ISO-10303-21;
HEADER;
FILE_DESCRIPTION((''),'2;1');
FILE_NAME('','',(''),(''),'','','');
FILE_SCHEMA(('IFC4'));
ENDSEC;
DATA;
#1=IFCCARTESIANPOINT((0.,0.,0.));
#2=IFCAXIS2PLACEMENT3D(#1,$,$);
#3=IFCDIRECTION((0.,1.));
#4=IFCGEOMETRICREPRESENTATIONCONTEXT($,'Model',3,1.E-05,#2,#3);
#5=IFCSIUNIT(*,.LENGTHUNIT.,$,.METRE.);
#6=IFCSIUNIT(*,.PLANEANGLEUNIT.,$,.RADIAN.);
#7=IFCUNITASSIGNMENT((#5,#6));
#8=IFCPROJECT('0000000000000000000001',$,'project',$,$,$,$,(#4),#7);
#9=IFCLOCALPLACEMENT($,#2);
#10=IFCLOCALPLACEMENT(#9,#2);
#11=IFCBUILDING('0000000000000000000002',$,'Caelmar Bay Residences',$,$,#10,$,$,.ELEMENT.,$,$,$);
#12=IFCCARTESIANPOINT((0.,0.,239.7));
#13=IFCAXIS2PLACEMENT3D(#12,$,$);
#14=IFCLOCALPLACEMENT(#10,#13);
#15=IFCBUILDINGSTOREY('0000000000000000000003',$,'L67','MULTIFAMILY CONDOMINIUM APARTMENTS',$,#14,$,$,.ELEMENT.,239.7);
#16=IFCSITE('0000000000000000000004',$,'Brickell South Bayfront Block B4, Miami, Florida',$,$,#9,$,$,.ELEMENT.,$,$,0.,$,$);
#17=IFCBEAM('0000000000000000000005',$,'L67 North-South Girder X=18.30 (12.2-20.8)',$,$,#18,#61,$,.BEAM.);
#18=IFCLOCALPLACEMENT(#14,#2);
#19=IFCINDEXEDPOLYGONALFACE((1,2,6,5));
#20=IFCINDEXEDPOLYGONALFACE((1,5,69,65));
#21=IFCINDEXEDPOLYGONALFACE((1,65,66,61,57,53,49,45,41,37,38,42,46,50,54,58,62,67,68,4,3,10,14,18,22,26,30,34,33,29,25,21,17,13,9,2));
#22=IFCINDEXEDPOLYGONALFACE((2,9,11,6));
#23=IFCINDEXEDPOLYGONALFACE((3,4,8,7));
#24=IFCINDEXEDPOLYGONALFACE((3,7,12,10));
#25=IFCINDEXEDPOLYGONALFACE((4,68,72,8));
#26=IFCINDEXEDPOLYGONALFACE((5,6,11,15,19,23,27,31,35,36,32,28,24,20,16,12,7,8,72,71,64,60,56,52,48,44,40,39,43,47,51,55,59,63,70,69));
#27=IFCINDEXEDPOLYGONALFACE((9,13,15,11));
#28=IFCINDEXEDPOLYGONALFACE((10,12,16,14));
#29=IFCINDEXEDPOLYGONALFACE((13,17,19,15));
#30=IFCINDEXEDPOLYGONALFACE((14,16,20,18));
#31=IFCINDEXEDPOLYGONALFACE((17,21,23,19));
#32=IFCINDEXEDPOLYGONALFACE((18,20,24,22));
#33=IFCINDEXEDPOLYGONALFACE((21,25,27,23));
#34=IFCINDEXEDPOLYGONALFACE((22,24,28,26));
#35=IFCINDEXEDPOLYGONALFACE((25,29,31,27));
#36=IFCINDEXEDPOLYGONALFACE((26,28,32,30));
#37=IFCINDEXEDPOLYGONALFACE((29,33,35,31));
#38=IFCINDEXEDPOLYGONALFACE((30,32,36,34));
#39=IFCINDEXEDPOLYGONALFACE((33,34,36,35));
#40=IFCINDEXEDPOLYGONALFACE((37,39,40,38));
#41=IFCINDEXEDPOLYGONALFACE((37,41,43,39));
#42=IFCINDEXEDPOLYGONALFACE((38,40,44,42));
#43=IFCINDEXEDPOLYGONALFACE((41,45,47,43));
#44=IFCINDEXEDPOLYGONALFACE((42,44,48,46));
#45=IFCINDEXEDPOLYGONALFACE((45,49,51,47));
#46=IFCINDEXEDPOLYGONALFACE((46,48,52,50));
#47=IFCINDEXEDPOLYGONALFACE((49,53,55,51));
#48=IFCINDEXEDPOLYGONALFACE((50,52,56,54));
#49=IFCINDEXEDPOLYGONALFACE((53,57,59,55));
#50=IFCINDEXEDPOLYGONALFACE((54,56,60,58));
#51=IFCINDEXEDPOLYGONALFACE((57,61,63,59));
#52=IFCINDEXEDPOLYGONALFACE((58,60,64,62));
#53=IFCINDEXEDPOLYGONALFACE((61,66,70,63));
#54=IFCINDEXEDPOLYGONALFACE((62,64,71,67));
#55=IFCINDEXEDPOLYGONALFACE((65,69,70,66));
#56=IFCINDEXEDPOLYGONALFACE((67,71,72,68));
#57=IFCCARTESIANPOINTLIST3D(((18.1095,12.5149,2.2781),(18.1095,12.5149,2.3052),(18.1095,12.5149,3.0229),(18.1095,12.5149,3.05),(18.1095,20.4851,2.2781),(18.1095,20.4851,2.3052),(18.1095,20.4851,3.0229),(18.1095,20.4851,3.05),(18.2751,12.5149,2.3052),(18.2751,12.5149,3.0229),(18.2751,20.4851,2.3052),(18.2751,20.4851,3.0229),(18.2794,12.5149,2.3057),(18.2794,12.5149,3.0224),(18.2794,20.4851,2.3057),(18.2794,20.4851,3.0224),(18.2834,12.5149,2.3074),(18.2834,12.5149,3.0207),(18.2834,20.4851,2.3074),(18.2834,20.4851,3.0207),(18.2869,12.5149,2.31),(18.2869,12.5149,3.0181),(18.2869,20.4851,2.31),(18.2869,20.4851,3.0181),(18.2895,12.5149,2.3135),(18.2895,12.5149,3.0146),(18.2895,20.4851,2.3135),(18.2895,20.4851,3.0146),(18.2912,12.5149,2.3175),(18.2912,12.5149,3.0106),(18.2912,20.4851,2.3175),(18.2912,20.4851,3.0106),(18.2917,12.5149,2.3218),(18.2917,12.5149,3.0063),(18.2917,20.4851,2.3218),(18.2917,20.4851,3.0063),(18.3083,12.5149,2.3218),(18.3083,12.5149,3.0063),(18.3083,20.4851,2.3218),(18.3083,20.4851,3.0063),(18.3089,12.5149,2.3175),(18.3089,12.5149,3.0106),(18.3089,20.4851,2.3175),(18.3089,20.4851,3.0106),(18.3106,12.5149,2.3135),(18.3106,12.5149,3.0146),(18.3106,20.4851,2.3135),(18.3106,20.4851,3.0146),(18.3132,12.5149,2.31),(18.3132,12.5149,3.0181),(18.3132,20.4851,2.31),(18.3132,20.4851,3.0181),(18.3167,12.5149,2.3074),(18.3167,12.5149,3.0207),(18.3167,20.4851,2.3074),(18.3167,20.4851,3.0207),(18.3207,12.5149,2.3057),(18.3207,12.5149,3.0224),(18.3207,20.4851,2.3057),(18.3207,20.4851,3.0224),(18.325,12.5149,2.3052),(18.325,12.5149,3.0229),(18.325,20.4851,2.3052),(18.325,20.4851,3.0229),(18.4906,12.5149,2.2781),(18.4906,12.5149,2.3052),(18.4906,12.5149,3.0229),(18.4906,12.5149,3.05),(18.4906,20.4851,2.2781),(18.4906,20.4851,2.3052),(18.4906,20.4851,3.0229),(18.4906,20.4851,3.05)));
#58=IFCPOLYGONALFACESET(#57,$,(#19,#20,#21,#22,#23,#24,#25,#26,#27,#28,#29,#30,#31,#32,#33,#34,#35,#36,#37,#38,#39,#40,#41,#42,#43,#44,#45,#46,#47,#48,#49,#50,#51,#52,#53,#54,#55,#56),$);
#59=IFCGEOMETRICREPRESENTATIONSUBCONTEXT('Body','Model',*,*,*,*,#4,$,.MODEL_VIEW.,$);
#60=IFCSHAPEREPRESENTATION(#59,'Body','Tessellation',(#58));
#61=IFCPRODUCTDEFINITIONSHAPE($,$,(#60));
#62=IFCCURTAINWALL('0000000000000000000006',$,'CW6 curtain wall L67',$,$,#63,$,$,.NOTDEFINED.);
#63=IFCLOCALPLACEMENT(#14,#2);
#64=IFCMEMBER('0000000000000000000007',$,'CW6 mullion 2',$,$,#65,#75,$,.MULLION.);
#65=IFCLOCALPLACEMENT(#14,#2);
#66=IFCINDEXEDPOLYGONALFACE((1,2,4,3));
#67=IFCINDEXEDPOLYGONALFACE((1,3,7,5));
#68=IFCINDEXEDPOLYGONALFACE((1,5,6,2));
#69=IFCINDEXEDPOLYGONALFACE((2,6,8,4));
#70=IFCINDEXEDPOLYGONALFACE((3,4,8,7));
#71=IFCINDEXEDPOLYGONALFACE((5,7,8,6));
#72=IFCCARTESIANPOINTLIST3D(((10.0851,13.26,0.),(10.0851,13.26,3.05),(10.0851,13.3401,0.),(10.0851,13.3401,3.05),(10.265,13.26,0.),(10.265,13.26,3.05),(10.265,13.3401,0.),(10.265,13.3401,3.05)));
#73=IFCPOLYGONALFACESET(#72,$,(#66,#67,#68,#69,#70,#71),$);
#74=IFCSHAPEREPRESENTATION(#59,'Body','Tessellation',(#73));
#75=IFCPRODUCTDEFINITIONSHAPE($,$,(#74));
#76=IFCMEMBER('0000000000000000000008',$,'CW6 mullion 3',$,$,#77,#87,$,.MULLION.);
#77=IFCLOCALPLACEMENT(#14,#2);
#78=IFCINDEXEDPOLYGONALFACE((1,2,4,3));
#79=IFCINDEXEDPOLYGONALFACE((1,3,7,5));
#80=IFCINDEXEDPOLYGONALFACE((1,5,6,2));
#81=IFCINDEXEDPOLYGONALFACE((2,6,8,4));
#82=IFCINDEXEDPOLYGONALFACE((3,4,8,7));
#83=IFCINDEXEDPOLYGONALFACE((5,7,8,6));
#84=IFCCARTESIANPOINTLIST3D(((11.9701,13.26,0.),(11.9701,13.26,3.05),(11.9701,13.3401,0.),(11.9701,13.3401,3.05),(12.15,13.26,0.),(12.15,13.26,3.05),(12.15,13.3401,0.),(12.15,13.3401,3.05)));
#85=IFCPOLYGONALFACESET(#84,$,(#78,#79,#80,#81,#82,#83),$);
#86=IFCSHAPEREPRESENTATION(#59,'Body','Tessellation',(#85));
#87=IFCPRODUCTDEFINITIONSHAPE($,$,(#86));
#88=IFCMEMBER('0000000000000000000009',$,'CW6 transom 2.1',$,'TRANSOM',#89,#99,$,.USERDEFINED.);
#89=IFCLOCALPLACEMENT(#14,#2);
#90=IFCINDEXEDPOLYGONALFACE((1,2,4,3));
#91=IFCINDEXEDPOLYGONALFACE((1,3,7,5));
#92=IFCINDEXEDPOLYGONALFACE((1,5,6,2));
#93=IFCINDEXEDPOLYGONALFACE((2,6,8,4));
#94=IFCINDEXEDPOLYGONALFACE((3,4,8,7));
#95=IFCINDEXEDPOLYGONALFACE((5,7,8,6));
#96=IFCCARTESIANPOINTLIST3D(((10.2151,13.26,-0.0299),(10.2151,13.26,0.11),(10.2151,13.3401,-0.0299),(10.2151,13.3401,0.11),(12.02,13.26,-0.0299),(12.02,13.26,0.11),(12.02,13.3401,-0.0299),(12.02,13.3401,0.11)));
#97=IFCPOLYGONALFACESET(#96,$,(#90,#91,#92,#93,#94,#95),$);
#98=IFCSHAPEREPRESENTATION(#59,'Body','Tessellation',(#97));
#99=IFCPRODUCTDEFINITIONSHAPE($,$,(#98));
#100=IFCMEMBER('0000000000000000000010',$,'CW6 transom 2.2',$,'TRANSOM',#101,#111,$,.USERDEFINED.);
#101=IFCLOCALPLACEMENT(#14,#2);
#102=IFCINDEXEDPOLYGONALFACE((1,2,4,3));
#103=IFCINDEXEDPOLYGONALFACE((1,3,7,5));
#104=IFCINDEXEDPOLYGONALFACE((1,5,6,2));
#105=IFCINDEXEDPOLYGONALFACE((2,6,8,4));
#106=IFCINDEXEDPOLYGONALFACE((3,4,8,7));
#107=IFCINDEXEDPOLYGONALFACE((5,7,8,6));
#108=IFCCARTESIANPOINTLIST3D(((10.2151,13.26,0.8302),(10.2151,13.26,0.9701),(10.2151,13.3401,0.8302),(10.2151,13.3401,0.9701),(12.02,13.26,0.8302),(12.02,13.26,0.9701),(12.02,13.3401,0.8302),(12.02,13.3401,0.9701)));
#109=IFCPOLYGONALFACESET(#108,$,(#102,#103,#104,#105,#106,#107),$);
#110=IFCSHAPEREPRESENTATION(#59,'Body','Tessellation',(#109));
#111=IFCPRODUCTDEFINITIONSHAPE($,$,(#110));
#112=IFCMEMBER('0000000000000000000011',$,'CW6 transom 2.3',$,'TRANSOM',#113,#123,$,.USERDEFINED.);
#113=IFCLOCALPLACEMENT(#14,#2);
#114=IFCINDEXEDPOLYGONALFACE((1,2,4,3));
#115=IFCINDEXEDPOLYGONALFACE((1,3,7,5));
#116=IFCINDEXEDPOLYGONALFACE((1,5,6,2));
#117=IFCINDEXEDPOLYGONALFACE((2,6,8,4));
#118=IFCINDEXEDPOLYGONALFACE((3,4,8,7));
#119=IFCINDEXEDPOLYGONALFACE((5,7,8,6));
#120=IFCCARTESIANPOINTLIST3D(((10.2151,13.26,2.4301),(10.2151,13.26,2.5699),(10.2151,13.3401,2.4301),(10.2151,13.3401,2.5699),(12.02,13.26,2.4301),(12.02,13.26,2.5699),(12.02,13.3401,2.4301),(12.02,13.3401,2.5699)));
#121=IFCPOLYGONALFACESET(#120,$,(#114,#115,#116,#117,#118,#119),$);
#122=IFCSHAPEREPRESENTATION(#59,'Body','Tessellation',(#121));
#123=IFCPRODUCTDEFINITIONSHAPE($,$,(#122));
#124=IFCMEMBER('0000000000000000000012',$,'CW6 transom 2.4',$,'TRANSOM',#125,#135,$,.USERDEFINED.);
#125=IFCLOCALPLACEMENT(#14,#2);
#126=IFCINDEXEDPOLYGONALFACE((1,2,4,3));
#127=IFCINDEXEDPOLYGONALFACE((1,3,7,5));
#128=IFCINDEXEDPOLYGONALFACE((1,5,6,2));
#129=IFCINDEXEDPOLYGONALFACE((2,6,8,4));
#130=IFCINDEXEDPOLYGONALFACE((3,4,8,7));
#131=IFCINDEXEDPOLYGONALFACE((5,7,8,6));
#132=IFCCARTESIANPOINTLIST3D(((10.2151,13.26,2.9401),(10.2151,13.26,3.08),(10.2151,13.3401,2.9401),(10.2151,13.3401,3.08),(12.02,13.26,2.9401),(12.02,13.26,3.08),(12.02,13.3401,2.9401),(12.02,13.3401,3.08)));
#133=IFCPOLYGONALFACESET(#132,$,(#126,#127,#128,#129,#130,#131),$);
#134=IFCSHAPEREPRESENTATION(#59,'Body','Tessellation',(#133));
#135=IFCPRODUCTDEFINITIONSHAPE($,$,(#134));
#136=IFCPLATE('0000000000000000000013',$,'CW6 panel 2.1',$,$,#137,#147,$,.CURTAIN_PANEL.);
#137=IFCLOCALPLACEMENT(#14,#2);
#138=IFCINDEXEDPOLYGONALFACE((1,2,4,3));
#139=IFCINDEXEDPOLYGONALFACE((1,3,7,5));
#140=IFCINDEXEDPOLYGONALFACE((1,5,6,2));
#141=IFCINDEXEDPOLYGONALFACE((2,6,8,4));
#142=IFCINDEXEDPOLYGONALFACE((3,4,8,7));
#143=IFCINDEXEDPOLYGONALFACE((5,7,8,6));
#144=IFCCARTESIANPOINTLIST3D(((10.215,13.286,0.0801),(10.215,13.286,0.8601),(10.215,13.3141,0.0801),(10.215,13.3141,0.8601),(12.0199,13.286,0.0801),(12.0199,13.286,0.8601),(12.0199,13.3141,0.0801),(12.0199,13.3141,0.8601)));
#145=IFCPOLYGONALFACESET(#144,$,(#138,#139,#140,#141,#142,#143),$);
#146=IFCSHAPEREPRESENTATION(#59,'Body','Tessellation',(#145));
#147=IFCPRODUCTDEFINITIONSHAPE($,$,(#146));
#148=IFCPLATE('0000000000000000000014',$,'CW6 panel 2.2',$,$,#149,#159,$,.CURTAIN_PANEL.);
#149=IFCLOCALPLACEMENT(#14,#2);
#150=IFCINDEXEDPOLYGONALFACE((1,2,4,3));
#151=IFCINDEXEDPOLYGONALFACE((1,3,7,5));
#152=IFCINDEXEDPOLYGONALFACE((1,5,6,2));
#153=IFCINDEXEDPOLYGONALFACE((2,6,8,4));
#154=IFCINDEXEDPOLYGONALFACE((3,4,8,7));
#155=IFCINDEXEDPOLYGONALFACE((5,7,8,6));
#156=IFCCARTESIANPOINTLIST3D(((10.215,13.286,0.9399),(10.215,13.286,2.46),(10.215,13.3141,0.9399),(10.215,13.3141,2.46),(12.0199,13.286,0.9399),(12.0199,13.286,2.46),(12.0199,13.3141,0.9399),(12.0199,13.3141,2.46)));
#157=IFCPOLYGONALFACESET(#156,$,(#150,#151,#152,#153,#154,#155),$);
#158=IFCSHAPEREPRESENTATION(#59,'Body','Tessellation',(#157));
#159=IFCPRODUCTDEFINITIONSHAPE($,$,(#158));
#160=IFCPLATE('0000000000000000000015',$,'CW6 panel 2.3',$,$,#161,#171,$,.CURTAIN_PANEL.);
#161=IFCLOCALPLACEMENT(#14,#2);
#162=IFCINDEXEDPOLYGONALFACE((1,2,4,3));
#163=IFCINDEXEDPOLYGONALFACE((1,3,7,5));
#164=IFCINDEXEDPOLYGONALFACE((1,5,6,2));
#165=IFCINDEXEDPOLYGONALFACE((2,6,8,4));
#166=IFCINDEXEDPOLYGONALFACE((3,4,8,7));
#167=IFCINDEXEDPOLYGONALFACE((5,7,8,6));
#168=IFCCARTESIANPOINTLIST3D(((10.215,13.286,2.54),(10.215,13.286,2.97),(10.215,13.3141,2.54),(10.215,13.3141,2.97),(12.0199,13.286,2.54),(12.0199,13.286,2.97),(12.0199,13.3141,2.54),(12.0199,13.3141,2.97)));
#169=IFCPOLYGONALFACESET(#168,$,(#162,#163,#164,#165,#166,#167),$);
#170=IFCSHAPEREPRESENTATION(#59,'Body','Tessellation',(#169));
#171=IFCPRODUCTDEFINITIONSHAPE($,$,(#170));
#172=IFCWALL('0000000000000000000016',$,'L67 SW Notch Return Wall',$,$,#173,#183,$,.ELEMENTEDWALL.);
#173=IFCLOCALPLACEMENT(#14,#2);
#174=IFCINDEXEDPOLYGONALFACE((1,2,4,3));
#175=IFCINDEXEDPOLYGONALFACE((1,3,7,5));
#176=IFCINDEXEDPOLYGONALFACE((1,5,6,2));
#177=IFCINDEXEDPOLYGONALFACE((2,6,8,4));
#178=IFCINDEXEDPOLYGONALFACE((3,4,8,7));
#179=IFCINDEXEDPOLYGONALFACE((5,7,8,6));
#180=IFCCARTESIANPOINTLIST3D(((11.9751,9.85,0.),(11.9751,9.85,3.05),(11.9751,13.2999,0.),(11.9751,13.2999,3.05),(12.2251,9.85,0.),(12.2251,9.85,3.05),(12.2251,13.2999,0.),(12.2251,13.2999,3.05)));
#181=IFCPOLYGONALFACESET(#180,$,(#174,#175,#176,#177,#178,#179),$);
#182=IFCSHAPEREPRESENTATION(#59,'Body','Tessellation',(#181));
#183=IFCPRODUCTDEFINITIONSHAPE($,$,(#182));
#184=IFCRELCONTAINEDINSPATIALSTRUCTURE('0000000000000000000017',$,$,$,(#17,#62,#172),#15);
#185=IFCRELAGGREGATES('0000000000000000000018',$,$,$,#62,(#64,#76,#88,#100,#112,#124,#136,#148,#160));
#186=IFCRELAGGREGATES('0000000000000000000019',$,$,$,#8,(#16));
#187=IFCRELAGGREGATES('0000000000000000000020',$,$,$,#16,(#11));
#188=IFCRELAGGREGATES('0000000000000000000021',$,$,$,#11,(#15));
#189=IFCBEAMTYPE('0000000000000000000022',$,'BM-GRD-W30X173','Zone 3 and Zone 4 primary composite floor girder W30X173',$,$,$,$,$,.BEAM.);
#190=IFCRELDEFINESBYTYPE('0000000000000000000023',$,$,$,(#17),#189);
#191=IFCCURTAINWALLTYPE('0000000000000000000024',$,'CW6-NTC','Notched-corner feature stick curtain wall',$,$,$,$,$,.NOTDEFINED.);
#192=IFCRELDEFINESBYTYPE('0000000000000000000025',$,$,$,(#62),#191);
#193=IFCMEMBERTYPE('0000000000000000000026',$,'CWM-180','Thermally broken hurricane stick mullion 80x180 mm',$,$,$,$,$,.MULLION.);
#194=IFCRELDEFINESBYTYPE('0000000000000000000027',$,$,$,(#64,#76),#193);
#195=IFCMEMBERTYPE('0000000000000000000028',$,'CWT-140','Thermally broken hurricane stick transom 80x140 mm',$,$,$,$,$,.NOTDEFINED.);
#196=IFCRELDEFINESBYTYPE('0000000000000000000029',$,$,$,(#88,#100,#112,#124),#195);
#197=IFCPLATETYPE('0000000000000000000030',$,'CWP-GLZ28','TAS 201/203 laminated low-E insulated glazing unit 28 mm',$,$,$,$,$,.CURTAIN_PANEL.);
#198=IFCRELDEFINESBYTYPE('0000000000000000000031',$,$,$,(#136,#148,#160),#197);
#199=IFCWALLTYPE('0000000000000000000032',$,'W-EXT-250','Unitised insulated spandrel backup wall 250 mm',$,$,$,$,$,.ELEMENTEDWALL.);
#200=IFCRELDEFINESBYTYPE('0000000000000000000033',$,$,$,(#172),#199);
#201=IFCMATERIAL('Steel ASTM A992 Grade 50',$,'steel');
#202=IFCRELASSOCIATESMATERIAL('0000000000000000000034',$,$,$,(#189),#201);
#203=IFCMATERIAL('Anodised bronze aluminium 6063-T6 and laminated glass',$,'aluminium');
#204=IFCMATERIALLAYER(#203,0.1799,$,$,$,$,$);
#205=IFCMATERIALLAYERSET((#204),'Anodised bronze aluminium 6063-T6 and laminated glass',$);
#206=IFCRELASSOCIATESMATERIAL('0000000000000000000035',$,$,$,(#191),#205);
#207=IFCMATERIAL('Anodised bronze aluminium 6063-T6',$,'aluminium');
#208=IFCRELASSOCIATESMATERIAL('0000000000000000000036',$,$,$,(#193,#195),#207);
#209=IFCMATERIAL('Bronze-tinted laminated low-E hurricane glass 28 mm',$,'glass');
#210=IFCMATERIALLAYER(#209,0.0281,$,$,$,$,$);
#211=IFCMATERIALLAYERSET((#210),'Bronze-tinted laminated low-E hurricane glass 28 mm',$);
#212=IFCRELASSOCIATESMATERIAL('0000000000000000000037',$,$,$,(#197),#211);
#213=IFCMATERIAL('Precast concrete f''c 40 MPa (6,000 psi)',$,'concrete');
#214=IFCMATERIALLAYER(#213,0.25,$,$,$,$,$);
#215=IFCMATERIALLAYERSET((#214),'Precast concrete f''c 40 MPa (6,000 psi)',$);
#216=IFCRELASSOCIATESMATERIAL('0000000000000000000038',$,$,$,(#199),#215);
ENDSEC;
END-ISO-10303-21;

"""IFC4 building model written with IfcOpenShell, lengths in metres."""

from ifc_helpers import new_model, si_unit, direction, frame, frame_2d, origin, origin_2d, place, context, subcontext, project, spatial, rectangle, i_section, extrude, material, layer, layer_set, material_profile, profile_set, type_object, element, aggregate, save


model = new_model("IFC4")

# Units and contexts
model_context = context("Model", 3, precision=1e-05, world=origin(), true_north=direction((0.0, 1.0)))
body_context = subcontext(model_context, "Body", "Model", "MODEL_VIEW")
ifc_project = project(units=[si_unit("LENGTHUNIT", "METRE"), si_unit("PLANEANGLEUNIT", "RADIAN")], contexts=[model_context])

# Site, building, storey
site_placement = place(None, origin())
site = spatial("IfcSite", under=ifc_project, at=site_placement, Name="Brickell South Bayfront Block B4, Miami, Florida", CompositionType="ELEMENT", RefElevation=0.0)
building_placement = place(site_placement, origin())
building = spatial("IfcBuilding", under=site, at=building_placement, Name="Caelmar Bay Residences", CompositionType="ELEMENT")
storey_placement = place(building_placement, frame((0.0, 0.0, 239.7)))
storey = spatial("IfcBuildingStorey", under=building, at=storey_placement, Name="L67", Description="MULTIFAMILY CONDOMINIUM APARTMENTS", CompositionType="ELEMENT", Elevation=239.7)

# Beam
ifc_material_1 = material(Name="Steel ASTM A992 Grade 50", Category="steel")
ifc_material_profile_1 = material_profile(ifc_material_1, i_section(OverallWidth=0.3811, OverallDepth=0.772, WebThickness=0.0166, FlangeThickness=0.0271, FilletRadius=0.0166, at=origin_2d()), Name="W30X173")
ifc_profile_set_1 = profile_set([ifc_material_profile_1], Name="Steel ASTM A992 Grade 50")
beam_type_1 = type_object("IfcBeamType", Name="BM-GRD-W30X173", Description="Zone 3 and Zone 4 primary composite floor girder W30X173", PredefinedType="BEAM", material=ifc_profile_set_1)
beam_1_placement = place(storey_placement, frame((18.3, 12.5149, 2.6641), z_axis=(0.0, 1.0, 0.0), x_axis=(-1.0, 0.0, 0.0)))
element("IfcBeam", 1, at=beam_1_placement, inside=storey, type_object=beam_type_1, Name="L67 North-South Girder X=18.30 (12.2-20.8)", PredefinedType="BEAM", context=body_context, shape_type="SweptSolid", body=[
    extrude(i_section(OverallWidth=0.3811, OverallDepth=0.772, WebThickness=0.0166, FlangeThickness=0.0271, FilletRadius=0.0166, at=origin_2d()), origin(), (0.0, 0.0, 1.0), 7.9702),
])

# Curtain wall, members, plates
ifc_material_2 = material(Name="Anodised bronze aluminium 6063-T6 and laminated glass", Category="aluminium")
ifc_layer_1 = layer(ifc_material_2, 0.1799)
ifc_layer_set_1 = layer_set([ifc_layer_1], Name="Anodised bronze aluminium 6063-T6 and laminated glass")
curtain_wall_type = type_object("IfcCurtainWallType", Name="CW6-NTC", Description="Notched-corner feature stick curtain wall", PredefinedType="NOTDEFINED", material=ifc_layer_set_1)
curtain_wall_placement = place(storey_placement, origin())
curtain_wall = element("IfcCurtainWall", 2, at=curtain_wall_placement, inside=storey, type_object=curtain_wall_type, Name="CW6 curtain wall L67", PredefinedType="NOTDEFINED")
ifc_material_3 = material(Name="Anodised bronze aluminium 6063-T6", Category="aluminium")
ifc_material_profile_2 = material_profile(ifc_material_3, rectangle(XDim=0.0801, YDim=0.1799, at=origin_2d()), Name="CWM-80X180")
ifc_profile_set_2 = profile_set([ifc_material_profile_2], Name="Anodised bronze aluminium 6063-T6")
member_type_1 = type_object("IfcMemberType", Name="CWM-180", Description="Thermally broken hurricane stick mullion 80x180 mm", PredefinedType="MULLION", material=ifc_profile_set_2)
member_1_placement = place(storey_placement, frame((10.175, 13.3, 0.0), z_axis=(0.0, 0.0, 1.0), x_axis=(0.0, 1.0, 0.0)))
member_1 = element("IfcMember", 3, at=member_1_placement, type_object=member_type_1, Name="CW6 mullion 2", PredefinedType="MULLION", context=body_context, shape_type="SweptSolid", body=[
    extrude(rectangle(XDim=0.0801, YDim=0.1799, at=origin_2d()), origin(), (0.0, 0.0, 1.0), 3.05),
])
member_2_placement = place(storey_placement, frame((12.0601, 13.3, 0.0), z_axis=(0.0, 0.0, 1.0), x_axis=(0.0, 1.0, 0.0)))
member_2 = element("IfcMember", 4, at=member_2_placement, type_object=member_type_1, Name="CW6 mullion 3", PredefinedType="MULLION", context=body_context, shape_type="SweptSolid", body=[
    extrude(rectangle(XDim=0.0801, YDim=0.1799, at=origin_2d()), origin(), (0.0, 0.0, 1.0), 3.05),
])
ifc_material_profile_3 = material_profile(ifc_material_3, rectangle(XDim=0.0801, YDim=0.1399, at=origin_2d()), Name="CWT-80X140")
ifc_profile_set_3 = profile_set([ifc_material_profile_3], Name="Anodised bronze aluminium 6063-T6")
member_type_2 = type_object("IfcMemberType", Name="CWT-140", Description="Thermally broken hurricane stick transom 80x140 mm", PredefinedType="NOTDEFINED", material=ifc_profile_set_3)
member_3_placement = place(storey_placement, frame((10.2151, 13.3, 0.04), z_axis=(1.0, 0.0, 0.0), x_axis=(0.0, 1.0, 0.0)))
member_3 = element("IfcMember", 5, at=member_3_placement, type_object=member_type_2, Name="CW6 transom 2.1", ObjectType="TRANSOM", PredefinedType="USERDEFINED", context=body_context, shape_type="SweptSolid", body=[
    extrude(rectangle(XDim=0.0801, YDim=0.1399, at=origin_2d()), origin(), (0.0, 0.0, 1.0), 1.8049),
])
member_4_placement = place(storey_placement, frame((10.2151, 13.3, 0.9001), z_axis=(1.0, 0.0, 0.0), x_axis=(0.0, 1.0, 0.0)))
member_4 = element("IfcMember", 6, at=member_4_placement, type_object=member_type_2, Name="CW6 transom 2.2", ObjectType="TRANSOM", PredefinedType="USERDEFINED", context=body_context, shape_type="SweptSolid", body=[
    extrude(rectangle(XDim=0.0801, YDim=0.1399, at=origin_2d()), origin(), (0.0, 0.0, 1.0), 1.8049),
])
member_5_placement = place(storey_placement, frame((10.2151, 13.3, 2.5), z_axis=(1.0, 0.0, 0.0), x_axis=(0.0, 1.0, 0.0)))
member_5 = element("IfcMember", 7, at=member_5_placement, type_object=member_type_2, Name="CW6 transom 2.3", ObjectType="TRANSOM", PredefinedType="USERDEFINED", context=body_context, shape_type="SweptSolid", body=[
    extrude(rectangle(XDim=0.0801, YDim=0.1399, at=origin_2d()), origin(), (0.0, 0.0, 1.0), 1.8049),
])
member_6_placement = place(storey_placement, frame((10.2151, 13.3, 3.01), z_axis=(1.0, 0.0, 0.0), x_axis=(0.0, 1.0, 0.0)))
member_6 = element("IfcMember", 8, at=member_6_placement, type_object=member_type_2, Name="CW6 transom 2.4", ObjectType="TRANSOM", PredefinedType="USERDEFINED", context=body_context, shape_type="SweptSolid", body=[
    extrude(rectangle(XDim=0.0801, YDim=0.1399, at=origin_2d()), origin(), (0.0, 0.0, 1.0), 1.8049),
])
ifc_material_4 = material(Name="Bronze-tinted laminated low-E hurricane glass 28 mm", Category="glass")
ifc_layer_2 = layer(ifc_material_4, 0.0281)
ifc_layer_set_2 = layer_set([ifc_layer_2], Name="Bronze-tinted laminated low-E hurricane glass 28 mm")
plate_type = type_object("IfcPlateType", Name="CWP-GLZ28", Description="TAS 201/203 laminated low-E insulated glazing unit 28 mm", PredefinedType="CURTAIN_PANEL", material=ifc_layer_set_2)
plate_1_placement = place(storey_placement, frame((11.1174, 13.3, 0.0801), z_axis=(0.0, 0.0, 1.0), x_axis=(1.0, 0.0, 0.0)))
plate_1 = element("IfcPlate", 9, at=plate_1_placement, type_object=plate_type, Name="CW6 panel 2.1", PredefinedType="CURTAIN_PANEL", context=body_context, shape_type="SweptSolid", body=[
    extrude(rectangle(XDim=1.8049, YDim=0.0281, at=origin_2d()), origin(), (0.0, 0.0, 1.0), 0.78),
])
plate_2_placement = place(storey_placement, frame((11.1174, 13.3, 0.9399), z_axis=(0.0, 0.0, 1.0), x_axis=(1.0, 0.0, 0.0)))
plate_2 = element("IfcPlate", 10, at=plate_2_placement, type_object=plate_type, Name="CW6 panel 2.2", PredefinedType="CURTAIN_PANEL", context=body_context, shape_type="SweptSolid", body=[
    extrude(rectangle(XDim=1.8049, YDim=0.0281, at=origin_2d()), origin(), (0.0, 0.0, 1.0), 1.52),
])
plate_3_placement = place(storey_placement, frame((11.1174, 13.3, 2.54), z_axis=(0.0, 0.0, 1.0), x_axis=(1.0, 0.0, 0.0)))
plate_3 = element("IfcPlate", 11, at=plate_3_placement, type_object=plate_type, Name="CW6 panel 2.3", PredefinedType="CURTAIN_PANEL", context=body_context, shape_type="SweptSolid", body=[
    extrude(rectangle(XDim=1.8049, YDim=0.0281, at=origin_2d()), origin(), (0.0, 0.0, 1.0), 0.4299),
])
aggregate(curtain_wall, [member_1, member_2, member_3, member_4, member_5, member_6, plate_1, plate_2, plate_3])

# Wall
ifc_material_5 = material(Name="Precast concrete f'c 40 MPa (6,000 psi)", Category="concrete")
ifc_layer_3 = layer(ifc_material_5, 0.25)
ifc_layer_set_3 = layer_set([ifc_layer_3], Name="Precast concrete f'c 40 MPa (6,000 psi)")
wall_type_1 = type_object("IfcWallType", Name="W-EXT-250", Description="Unitised insulated spandrel backup wall 250 mm", PredefinedType="ELEMENTEDWALL", material=ifc_layer_set_3)
wall_1_placement = place(storey_placement, frame((12.1001, 13.3, 0.0), z_axis=(0.0, 0.0, 1.0), x_axis=(0.0, -1.0, 0.0)))
element("IfcWall", 12, at=wall_1_placement, inside=storey, type_object=wall_type_1, Name="L67 SW Notch Return Wall", PredefinedType="ELEMENTEDWALL", context=body_context, shape_type="SweptSolid", body=[
    extrude(rectangle(XDim=3.45, YDim=0.25, at=frame_2d((1.7251, 0.0))), origin(), (0.0, 0.0, 1.0), 3.05),
])

save(model, "model.ifc")
